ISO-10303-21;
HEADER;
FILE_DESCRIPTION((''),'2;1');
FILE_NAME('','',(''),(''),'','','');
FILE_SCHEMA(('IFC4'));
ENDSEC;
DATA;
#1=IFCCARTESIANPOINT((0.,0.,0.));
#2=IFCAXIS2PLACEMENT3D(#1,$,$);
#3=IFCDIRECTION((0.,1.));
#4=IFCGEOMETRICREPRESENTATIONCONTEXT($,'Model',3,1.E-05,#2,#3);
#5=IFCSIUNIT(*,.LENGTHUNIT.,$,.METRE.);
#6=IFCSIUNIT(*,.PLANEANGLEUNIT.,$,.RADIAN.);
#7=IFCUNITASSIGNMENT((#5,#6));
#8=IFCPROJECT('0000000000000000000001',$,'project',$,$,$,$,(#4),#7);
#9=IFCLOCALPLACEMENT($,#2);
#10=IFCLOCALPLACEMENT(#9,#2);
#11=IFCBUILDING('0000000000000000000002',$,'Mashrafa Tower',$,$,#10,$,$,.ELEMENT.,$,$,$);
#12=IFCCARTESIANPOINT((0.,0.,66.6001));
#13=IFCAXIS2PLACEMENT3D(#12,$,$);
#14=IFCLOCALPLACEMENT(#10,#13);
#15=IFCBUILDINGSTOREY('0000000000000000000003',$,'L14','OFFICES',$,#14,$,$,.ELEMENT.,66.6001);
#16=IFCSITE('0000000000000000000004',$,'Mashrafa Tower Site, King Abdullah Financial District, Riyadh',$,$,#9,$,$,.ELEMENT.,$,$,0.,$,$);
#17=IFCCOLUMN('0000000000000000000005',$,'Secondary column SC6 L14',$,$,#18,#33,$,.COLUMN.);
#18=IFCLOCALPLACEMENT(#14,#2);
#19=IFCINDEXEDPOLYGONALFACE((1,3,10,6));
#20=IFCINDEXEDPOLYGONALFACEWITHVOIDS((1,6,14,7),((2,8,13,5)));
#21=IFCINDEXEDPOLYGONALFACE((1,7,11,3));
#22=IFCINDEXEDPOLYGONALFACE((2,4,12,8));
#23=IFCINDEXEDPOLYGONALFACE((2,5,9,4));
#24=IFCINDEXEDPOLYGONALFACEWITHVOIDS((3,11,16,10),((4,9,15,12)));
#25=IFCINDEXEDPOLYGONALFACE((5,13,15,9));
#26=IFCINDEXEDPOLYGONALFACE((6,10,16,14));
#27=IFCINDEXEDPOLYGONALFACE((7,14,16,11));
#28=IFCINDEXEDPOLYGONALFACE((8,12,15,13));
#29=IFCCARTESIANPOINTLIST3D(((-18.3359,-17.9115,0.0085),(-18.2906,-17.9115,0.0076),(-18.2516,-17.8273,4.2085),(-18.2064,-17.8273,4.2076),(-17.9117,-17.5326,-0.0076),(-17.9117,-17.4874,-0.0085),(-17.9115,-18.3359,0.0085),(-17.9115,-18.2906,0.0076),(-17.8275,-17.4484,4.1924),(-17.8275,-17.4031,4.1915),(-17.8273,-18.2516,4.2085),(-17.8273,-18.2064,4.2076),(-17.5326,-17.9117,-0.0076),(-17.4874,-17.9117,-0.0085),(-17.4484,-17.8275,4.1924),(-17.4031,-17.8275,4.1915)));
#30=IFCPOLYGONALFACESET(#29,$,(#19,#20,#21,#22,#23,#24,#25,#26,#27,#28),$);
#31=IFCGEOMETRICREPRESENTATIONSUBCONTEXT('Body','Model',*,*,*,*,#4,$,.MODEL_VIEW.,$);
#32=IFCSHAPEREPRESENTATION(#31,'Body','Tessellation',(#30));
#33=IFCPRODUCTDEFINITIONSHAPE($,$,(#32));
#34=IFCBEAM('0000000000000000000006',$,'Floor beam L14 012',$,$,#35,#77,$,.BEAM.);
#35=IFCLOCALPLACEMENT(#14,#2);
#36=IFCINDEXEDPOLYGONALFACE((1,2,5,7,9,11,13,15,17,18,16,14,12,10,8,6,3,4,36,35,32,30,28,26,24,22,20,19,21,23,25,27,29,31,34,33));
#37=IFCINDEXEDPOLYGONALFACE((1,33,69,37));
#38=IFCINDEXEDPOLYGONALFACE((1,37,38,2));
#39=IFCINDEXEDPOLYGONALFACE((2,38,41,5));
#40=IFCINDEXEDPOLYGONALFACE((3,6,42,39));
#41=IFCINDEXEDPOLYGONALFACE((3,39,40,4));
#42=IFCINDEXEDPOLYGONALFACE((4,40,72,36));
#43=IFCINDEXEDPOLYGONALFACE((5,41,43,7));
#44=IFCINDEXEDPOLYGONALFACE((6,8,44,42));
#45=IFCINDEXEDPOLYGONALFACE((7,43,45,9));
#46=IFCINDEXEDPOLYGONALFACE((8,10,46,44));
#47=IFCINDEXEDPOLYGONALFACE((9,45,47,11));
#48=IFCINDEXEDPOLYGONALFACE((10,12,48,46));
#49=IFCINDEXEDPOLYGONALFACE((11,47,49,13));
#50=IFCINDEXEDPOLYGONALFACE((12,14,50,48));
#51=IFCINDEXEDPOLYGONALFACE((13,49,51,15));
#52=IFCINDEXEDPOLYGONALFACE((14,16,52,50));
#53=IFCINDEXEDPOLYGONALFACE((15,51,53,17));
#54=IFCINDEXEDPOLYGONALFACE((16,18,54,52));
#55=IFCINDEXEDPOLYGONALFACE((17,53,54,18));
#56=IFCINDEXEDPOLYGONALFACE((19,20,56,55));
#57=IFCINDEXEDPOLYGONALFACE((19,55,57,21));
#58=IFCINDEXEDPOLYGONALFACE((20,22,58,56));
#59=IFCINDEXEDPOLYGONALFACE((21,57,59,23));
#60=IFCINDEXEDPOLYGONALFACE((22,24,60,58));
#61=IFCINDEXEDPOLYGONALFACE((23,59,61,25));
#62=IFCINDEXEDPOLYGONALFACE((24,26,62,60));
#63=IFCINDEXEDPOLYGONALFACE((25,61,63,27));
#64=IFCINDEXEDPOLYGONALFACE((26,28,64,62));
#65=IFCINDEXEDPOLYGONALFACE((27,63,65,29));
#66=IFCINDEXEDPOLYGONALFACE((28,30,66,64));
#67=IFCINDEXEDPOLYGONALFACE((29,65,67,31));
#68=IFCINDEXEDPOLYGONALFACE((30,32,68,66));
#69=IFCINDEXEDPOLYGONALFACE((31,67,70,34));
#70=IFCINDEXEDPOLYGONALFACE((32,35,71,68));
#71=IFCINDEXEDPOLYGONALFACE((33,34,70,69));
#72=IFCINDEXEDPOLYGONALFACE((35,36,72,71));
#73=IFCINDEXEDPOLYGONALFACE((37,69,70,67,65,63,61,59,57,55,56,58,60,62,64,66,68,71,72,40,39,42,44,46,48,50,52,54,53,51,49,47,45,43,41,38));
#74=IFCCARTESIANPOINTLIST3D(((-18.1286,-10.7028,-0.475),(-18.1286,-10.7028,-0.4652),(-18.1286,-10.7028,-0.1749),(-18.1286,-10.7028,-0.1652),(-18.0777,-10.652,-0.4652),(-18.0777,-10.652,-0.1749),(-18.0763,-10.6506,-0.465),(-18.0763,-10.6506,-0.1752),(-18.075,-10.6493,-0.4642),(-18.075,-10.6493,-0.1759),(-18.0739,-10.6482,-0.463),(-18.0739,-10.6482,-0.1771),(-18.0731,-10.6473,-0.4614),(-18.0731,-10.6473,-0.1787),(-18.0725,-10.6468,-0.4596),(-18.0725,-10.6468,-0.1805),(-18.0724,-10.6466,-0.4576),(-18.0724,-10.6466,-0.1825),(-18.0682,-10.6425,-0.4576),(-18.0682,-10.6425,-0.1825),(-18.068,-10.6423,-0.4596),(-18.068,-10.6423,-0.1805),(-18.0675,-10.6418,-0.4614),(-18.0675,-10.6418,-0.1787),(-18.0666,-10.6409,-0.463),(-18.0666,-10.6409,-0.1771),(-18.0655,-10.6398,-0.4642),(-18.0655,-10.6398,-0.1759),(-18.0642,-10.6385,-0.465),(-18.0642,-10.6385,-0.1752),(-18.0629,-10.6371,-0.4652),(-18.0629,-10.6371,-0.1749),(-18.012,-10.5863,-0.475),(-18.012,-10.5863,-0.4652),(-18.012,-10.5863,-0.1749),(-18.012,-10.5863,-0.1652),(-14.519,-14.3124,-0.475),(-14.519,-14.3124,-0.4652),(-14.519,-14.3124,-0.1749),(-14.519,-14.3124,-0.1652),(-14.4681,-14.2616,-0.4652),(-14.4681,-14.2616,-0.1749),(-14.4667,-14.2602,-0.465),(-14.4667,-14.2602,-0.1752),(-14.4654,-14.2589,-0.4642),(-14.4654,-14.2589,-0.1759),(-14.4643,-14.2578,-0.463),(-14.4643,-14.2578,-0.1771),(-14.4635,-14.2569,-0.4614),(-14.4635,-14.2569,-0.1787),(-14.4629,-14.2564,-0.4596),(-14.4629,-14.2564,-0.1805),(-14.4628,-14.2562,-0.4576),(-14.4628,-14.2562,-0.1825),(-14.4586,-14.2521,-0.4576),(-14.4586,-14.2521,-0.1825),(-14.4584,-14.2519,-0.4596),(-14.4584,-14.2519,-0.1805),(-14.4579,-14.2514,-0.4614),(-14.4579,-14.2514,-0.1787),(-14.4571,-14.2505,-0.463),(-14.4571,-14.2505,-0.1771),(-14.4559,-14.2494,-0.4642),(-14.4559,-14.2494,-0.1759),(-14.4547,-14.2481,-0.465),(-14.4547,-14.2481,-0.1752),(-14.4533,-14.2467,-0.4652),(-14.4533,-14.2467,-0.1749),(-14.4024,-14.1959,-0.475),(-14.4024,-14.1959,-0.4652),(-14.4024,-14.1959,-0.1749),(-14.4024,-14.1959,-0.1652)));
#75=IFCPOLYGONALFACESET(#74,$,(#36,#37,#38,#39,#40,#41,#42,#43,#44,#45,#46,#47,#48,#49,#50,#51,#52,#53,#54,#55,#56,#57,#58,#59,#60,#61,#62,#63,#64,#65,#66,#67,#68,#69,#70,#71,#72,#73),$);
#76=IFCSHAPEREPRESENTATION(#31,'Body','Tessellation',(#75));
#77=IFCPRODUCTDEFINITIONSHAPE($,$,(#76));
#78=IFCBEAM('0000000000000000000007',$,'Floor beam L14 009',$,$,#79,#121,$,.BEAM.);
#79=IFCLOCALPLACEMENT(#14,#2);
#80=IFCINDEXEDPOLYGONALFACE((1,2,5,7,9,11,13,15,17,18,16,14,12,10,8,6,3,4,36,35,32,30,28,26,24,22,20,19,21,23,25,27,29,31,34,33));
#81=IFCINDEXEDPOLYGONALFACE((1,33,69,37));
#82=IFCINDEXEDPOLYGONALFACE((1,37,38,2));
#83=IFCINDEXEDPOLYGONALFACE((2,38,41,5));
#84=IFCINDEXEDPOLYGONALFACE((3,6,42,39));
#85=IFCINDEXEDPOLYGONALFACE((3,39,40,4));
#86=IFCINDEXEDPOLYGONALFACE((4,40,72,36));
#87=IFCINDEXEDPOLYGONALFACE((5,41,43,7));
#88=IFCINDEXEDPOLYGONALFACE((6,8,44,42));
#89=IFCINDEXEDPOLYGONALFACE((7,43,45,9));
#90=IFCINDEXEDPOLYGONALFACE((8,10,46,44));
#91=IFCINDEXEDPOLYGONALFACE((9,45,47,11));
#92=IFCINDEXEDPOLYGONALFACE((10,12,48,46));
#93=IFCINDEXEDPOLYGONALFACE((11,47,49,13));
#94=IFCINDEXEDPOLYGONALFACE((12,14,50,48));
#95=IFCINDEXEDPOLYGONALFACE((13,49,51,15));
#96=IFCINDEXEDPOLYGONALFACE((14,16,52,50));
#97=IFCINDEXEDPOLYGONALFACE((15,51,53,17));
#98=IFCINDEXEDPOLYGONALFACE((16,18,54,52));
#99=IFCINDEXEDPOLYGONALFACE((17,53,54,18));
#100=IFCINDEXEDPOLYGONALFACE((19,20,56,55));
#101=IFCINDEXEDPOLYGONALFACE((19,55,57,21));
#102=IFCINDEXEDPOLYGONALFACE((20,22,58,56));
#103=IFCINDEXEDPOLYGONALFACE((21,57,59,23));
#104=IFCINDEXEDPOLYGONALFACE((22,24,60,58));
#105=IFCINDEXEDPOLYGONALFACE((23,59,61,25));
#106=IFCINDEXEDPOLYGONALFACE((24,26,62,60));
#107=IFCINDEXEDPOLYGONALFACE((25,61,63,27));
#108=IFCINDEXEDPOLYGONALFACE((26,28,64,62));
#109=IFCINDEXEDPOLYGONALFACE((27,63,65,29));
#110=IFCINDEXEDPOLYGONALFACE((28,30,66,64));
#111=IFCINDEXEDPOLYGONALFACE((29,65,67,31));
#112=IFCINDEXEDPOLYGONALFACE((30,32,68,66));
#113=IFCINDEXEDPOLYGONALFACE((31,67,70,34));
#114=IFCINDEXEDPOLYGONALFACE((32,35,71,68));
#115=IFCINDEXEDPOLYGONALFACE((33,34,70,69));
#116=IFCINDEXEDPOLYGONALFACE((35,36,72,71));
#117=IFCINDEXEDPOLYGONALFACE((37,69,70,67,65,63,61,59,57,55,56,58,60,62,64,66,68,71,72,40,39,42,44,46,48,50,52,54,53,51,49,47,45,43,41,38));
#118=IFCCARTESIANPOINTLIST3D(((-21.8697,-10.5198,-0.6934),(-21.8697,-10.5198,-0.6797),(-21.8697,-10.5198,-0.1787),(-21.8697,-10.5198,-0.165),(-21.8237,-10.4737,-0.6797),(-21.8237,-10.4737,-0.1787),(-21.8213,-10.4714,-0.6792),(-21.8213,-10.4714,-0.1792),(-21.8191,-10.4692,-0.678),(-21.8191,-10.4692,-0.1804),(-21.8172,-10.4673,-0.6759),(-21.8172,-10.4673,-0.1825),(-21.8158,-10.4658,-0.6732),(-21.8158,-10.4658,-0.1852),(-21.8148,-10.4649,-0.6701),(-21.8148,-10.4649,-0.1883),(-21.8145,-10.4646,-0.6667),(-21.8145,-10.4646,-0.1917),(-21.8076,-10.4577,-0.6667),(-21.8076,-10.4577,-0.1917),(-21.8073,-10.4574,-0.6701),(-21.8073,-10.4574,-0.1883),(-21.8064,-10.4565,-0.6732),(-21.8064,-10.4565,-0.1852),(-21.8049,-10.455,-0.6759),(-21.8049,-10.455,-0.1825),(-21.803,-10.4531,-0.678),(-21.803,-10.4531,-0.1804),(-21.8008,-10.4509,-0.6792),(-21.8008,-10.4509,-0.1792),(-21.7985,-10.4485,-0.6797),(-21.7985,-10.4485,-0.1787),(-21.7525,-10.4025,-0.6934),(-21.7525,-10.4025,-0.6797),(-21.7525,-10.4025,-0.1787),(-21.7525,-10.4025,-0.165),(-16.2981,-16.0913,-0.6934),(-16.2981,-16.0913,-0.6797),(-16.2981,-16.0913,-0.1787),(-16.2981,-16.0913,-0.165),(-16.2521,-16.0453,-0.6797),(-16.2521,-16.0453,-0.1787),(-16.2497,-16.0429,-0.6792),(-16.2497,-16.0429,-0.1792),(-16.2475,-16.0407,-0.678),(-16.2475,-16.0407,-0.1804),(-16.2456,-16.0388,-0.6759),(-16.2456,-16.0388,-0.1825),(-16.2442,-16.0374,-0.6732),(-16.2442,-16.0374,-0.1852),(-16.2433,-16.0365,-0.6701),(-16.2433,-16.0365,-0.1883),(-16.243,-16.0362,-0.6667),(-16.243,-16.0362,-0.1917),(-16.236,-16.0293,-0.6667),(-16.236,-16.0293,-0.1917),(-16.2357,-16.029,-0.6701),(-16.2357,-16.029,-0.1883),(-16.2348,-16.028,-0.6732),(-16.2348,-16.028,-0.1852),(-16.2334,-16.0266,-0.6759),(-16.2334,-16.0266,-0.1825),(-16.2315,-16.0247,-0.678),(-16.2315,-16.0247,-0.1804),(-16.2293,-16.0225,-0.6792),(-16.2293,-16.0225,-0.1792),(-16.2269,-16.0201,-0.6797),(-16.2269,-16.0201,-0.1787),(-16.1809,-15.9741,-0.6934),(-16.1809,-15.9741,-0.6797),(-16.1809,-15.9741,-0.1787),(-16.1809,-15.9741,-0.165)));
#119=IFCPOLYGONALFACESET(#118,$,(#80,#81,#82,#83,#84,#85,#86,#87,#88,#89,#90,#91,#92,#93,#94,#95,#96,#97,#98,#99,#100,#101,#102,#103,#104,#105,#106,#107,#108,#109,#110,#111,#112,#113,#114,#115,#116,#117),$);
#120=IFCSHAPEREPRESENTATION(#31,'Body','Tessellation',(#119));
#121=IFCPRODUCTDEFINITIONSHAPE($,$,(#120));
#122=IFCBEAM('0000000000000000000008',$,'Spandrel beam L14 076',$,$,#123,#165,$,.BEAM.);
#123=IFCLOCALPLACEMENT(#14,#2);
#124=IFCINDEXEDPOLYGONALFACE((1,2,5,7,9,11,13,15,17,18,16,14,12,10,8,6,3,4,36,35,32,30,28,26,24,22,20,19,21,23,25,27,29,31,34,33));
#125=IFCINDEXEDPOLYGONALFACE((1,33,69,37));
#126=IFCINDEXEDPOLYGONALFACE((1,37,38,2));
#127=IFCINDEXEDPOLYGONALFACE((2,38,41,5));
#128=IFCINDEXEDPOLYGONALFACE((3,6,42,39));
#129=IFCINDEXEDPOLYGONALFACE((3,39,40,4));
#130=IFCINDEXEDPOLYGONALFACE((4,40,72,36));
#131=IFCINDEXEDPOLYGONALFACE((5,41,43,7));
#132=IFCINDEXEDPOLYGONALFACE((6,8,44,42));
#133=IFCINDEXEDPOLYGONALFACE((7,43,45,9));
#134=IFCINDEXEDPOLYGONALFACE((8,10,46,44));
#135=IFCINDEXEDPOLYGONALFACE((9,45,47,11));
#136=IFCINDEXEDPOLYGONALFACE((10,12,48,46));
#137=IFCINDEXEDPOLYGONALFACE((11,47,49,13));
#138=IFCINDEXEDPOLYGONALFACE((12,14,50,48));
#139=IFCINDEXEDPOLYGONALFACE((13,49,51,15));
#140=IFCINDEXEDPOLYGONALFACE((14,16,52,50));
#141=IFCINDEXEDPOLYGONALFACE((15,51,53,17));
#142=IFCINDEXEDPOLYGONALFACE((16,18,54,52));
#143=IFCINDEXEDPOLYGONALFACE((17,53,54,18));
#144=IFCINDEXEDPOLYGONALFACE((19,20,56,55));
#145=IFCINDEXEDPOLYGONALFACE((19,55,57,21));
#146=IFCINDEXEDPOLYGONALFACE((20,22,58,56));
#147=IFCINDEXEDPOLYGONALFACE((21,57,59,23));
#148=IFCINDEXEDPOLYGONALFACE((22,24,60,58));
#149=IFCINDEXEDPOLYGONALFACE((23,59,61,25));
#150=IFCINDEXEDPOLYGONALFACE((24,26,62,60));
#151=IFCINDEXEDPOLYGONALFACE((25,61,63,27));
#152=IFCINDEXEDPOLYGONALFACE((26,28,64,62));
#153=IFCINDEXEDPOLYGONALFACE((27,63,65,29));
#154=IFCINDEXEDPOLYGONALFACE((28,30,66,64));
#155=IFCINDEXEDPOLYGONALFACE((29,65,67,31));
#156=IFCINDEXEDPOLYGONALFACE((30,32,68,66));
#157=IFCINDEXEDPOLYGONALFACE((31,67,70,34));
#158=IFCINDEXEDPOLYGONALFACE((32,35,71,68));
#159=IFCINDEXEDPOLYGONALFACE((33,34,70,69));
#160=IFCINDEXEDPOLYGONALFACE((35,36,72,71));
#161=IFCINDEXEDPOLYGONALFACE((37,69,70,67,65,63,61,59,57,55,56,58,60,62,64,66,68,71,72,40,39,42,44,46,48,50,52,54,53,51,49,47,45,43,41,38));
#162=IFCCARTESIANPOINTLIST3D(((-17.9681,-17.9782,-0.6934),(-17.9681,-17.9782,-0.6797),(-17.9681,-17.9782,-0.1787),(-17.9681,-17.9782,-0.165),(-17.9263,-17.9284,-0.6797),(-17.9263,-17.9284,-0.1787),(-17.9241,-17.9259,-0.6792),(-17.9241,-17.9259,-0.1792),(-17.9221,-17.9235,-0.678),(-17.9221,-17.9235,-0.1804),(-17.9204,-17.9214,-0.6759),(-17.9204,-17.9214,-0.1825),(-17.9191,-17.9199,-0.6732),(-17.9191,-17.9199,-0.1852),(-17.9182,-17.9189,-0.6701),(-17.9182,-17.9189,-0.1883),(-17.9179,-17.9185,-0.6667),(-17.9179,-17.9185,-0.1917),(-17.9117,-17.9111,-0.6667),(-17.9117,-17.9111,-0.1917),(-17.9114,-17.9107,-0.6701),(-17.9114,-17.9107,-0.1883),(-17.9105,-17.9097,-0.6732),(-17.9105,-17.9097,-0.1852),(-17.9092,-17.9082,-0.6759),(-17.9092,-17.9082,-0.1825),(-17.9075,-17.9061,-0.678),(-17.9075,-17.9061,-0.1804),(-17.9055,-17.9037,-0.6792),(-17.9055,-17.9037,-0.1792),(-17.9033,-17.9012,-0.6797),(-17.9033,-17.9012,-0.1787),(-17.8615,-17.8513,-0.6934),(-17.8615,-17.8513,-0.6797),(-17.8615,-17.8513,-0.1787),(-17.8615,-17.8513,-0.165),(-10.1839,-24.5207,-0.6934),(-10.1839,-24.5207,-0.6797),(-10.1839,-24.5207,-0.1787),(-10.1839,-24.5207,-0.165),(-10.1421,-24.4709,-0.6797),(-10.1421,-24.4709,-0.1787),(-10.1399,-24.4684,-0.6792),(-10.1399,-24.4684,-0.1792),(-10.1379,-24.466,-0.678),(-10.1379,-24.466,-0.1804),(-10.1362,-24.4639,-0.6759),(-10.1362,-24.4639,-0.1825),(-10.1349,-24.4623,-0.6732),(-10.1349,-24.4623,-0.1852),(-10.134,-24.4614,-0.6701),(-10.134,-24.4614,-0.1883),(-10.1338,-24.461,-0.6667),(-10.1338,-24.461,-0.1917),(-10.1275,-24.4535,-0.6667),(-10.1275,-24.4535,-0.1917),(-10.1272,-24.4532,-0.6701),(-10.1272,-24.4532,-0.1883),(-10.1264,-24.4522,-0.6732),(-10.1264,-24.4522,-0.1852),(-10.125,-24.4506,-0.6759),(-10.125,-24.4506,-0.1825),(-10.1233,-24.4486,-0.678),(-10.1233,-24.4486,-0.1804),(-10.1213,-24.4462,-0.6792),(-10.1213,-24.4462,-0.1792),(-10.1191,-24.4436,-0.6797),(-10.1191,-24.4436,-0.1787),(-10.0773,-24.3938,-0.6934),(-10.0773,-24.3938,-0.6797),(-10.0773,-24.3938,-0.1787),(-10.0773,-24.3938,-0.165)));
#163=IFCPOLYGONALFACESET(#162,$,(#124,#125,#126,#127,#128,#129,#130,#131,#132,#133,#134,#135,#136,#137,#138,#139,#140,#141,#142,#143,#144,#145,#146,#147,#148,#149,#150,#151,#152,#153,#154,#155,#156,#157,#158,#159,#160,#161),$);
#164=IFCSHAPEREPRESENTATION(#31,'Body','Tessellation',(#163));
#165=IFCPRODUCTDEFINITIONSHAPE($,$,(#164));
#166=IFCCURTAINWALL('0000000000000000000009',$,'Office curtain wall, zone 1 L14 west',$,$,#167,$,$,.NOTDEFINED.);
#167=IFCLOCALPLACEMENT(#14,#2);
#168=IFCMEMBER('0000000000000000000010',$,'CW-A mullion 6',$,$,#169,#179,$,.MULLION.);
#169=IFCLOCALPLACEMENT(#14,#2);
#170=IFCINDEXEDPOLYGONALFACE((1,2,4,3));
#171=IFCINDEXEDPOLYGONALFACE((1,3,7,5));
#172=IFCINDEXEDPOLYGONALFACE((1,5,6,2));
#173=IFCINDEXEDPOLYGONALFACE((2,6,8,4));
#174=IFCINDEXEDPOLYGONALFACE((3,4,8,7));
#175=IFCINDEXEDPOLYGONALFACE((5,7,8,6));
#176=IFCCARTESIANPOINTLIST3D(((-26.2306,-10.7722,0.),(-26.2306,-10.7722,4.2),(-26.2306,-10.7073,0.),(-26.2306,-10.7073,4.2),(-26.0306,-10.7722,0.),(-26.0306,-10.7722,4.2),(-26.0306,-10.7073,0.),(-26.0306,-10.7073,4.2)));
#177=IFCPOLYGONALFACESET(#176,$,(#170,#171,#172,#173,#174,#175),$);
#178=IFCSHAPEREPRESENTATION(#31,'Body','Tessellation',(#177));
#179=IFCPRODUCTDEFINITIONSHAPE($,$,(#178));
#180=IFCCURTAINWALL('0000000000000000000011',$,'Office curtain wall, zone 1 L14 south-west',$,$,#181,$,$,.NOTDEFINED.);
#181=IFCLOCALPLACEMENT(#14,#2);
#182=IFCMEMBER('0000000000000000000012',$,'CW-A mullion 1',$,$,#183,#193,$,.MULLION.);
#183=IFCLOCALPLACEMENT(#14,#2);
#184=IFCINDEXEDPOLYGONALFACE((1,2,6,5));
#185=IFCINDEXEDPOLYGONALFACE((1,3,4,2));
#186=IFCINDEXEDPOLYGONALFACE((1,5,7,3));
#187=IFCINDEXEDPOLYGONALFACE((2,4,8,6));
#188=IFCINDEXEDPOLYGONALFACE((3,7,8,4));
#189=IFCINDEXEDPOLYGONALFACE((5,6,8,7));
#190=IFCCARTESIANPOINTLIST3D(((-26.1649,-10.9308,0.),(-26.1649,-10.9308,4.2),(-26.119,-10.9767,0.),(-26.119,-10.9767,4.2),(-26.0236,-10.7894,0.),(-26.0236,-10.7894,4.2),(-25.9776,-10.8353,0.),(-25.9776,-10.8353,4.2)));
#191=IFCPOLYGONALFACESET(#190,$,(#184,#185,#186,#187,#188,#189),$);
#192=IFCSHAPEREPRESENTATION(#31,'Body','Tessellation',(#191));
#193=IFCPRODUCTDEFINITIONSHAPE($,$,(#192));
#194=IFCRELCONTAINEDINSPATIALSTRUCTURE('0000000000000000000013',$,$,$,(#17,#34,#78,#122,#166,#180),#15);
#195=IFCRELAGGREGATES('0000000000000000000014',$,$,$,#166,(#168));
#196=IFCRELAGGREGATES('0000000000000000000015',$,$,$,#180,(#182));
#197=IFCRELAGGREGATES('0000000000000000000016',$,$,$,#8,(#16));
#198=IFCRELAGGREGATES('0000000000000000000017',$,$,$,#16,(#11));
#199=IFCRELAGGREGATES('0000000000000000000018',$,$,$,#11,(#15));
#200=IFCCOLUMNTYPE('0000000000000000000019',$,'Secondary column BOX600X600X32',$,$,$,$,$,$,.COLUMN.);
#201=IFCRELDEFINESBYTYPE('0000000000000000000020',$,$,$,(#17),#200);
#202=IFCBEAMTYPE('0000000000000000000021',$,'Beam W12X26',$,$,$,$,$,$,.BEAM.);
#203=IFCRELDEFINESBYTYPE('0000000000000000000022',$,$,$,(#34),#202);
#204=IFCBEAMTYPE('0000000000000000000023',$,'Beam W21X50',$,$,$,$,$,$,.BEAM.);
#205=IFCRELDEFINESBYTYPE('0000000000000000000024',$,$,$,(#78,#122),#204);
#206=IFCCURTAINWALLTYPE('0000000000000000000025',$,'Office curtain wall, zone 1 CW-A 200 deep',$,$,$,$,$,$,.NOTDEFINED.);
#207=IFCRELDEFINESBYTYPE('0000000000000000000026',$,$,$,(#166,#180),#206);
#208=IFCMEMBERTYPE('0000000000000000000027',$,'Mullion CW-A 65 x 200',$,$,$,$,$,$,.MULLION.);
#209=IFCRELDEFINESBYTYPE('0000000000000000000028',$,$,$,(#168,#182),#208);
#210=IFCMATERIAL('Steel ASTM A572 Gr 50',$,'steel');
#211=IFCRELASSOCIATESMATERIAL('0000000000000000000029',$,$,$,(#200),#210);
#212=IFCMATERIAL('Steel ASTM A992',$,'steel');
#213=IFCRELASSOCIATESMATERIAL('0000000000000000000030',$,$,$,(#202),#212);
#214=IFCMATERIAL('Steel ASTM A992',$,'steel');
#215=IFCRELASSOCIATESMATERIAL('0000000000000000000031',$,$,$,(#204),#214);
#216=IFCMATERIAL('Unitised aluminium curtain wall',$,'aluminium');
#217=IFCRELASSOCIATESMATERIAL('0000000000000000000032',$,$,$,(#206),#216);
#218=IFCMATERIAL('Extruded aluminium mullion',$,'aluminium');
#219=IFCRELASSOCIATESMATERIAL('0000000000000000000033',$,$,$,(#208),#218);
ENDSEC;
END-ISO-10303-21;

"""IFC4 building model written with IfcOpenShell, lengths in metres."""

from ifc_helpers import new_model, si_unit, direction, frame, origin, origin_2d, place, context, subcontext, project, spatial, rectangle, hollow_rectangle, i_section, extrude, source, transform, mapped, material, material_profile, profile_set, type_object, type_shapes, element, aggregate, save


model = new_model("IFC4")

# Units and contexts
model_context = context("Model", 3, precision=1e-05, world=origin(), true_north=direction((0.0, 1.0)))
body_context = subcontext(model_context, "Body", "Model", "MODEL_VIEW")
ifc_project = project(units=[si_unit("LENGTHUNIT", "METRE"), si_unit("PLANEANGLEUNIT", "RADIAN")], contexts=[model_context])

# Site, building, storey
site_placement = place(None, origin())
site = spatial("IfcSite", under=ifc_project, at=site_placement, Name="Mashrafa Tower Site, King Abdullah Financial District, Riyadh", CompositionType="ELEMENT", RefElevation=0.0)
building_placement = place(site_placement, origin())
building = spatial("IfcBuilding", under=site, at=building_placement, Name="Mashrafa Tower", CompositionType="ELEMENT")
storey_placement = place(building_placement, frame((0.0, 0.0, 66.6001)))
storey = spatial("IfcBuildingStorey", under=building, at=storey_placement, Name="L14", Description="OFFICES", CompositionType="ELEMENT", Elevation=66.6001)

# Column
ifc_material_1 = material(Name="Steel ASTM A572 Gr 50", Category="steel")
ifc_material_profile_1 = material_profile(ifc_material_1, hollow_rectangle(XDim=0.6001, YDim=0.6001, WallThickness=0.032, at=origin_2d()), Name="BOX600X600X32")
ifc_profile_set_1 = profile_set([ifc_material_profile_1], Name="Steel ASTM A572 Gr 50")
column_type = type_object("IfcColumnType", Name="Secondary column BOX600X600X32", PredefinedType="COLUMN", material=ifc_profile_set_1)
column_placement = place(storey_placement, frame((-17.9116, -17.9116, 0.0), z_axis=(0.020047, 0.020047, 0.999598), x_axis=(-0.707107, 0.707107, 0.0)))
element("IfcColumn", 1, at=column_placement, inside=storey, type_object=column_type, Name="Secondary column SC6 L14", PredefinedType="COLUMN", context=body_context, shape_type="SweptSolid", body=[
    extrude(hollow_rectangle(XDim=0.6001, YDim=0.6001, WallThickness=0.032, at=origin_2d()), origin(), (0.0, 0.0, 1.0), 4.2017),
])

# Beams
ifc_material_2 = material(Name="Steel ASTM A992", Category="steel")
ifc_material_profile_2 = material_profile(ifc_material_2, i_section(OverallWidth=0.1648, OverallDepth=0.3098, WebThickness=0.0059, FlangeThickness=0.0098, FilletRadius=0.0076, at=origin_2d()), Name="W12X26")
ifc_profile_set_2 = profile_set([ifc_material_profile_2], Name="Steel ASTM A992")
beam_type_1 = type_object("IfcBeamType", Name="Beam W12X26", PredefinedType="BEAM", material=ifc_profile_set_2)
beam_1_placement = place(storey_placement, frame((-14.4607, -14.2542, -0.3201), z_axis=(-0.707107, 0.707107, 0.0), x_axis=(-0.707107, -0.707107, 0.0)))
element("IfcBeam", 2, at=beam_1_placement, inside=storey, type_object=beam_type_1, Name="Floor beam L14 012", PredefinedType="BEAM", context=body_context, shape_type="SweptSolid", body=[
    extrude(i_section(OverallWidth=0.1648, OverallDepth=0.3098, WebThickness=0.0059, FlangeThickness=0.0098, FilletRadius=0.0076, at=origin_2d()), origin(), (0.0, 0.0, 1.0), 5.1047),
])
ifc_material_3 = material(Name="Steel ASTM A992", Category="steel")
ifc_material_profile_3 = material_profile(ifc_material_3, i_section(OverallWidth=0.1658, OverallDepth=0.5283, WebThickness=0.0098, FlangeThickness=0.0137, FilletRadius=0.0129, at=origin_2d()), Name="W21X50")
ifc_profile_set_3 = profile_set([ifc_material_profile_3], Name="Steel ASTM A992")
beam_type_2 = type_object("IfcBeamType", Name="Beam W21X50", PredefinedType="BEAM", material=ifc_profile_set_3)
beam_2_placement = place(storey_placement, frame((-16.2395, -16.0327, -0.4292), z_axis=(-0.707107, 0.707107, 0.0), x_axis=(-0.707107, -0.707107, 0.0)))
element("IfcBeam", 3, at=beam_2_placement, inside=storey, type_object=beam_type_2, Name="Floor beam L14 009", PredefinedType="BEAM", context=body_context, shape_type="SweptSolid", body=[
    extrude(i_section(OverallWidth=0.1658, OverallDepth=0.5283, WebThickness=0.0098, FlangeThickness=0.0137, FilletRadius=0.0129, at=origin_2d()), origin(), (0.0, 0.0, 1.0), 7.8794),
])
beam_3_placement = place(storey_placement, frame((-17.9148, -17.9148, -0.4292), z_axis=(0.765522, -0.643409, 0.0), x_axis=(0.643409, 0.765522, 0.0)))
element("IfcBeam", 4, at=beam_3_placement, inside=storey, type_object=beam_type_2, Name="Spandrel beam L14 076", PredefinedType="BEAM", context=body_context, shape_type="SweptSolid", body=[
    extrude(i_section(OverallWidth=0.1658, OverallDepth=0.5283, WebThickness=0.0098, FlangeThickness=0.0137, FilletRadius=0.0129, at=origin_2d()), origin(), (0.0, 0.0, 1.0), 10.1685),
])

# Curtain wall, member
ifc_material_4 = material(Name="Unitised aluminium curtain wall", Category="aluminium")
curtain_wall_type = type_object("IfcCurtainWallType", Name="Office curtain wall, zone 1 CW-A 200 deep", PredefinedType="NOTDEFINED", material=ifc_material_4)
curtain_wall_1_placement = place(storey_placement, origin())
curtain_wall_1 = element("IfcCurtainWall", 5, at=curtain_wall_1_placement, inside=storey, type_object=curtain_wall_type, Name="Office curtain wall, zone 1 L14 west", PredefinedType="NOTDEFINED")
ifc_material_5 = material(Name="Extruded aluminium mullion", Category="aluminium")
ifc_material_profile_4 = material_profile(ifc_material_5, rectangle(XDim=0.2, YDim=0.0649, at=origin_2d()), Name="Mullion 65x200")
ifc_profile_set_4 = profile_set([ifc_material_profile_4], Name="Extruded aluminium mullion")
member_type_1 = type_object("IfcMemberType", Name="Mullion CW-A 65 x 200", PredefinedType="MULLION", material=ifc_profile_set_4)
shared_shape_1 = source(origin(), body_context, "Body", "SweptSolid", [
    extrude(rectangle(XDim=0.2, YDim=0.0649, at=origin_2d()), origin(), (0.0, 0.0, 1.0), 4.2),
])
type_shapes(member_type_1, [shared_shape_1])
member_1_placement = place(storey_placement, frame((-26.1306, -10.7397, 0.0), z_axis=(0.0, 0.0, 1.0), x_axis=(1.0, 0.0, 0.0)))
member_1 = element("IfcMember", 6, at=member_1_placement, type_object=member_type_1, Name="CW-A mullion 6", PredefinedType="MULLION", context=body_context, shape_type="MappedRepresentation", body=[
    mapped(shared_shape_1, transform((0.0, 0.0, 0.0))),
])
aggregate(curtain_wall_1, [member_1])

# Curtain wall, member
curtain_wall_2_placement = place(storey_placement, origin())
curtain_wall_2 = element("IfcCurtainWall", 7, at=curtain_wall_2_placement, inside=storey, type_object=curtain_wall_type, Name="Office curtain wall, zone 1 L14 south-west", PredefinedType="NOTDEFINED")
member_2_placement = place(storey_placement, frame((-26.0713, -10.8831, 0.0), z_axis=(0.0, 0.0, 1.0), x_axis=(0.707107, 0.707107, 0.0)))
member_2 = element("IfcMember", 8, at=member_2_placement, type_object=member_type_1, Name="CW-A mullion 1", PredefinedType="MULLION", context=body_context, shape_type="MappedRepresentation", body=[
    mapped(shared_shape_1, transform((0.0, 0.0, 0.0))),
])
aggregate(curtain_wall_2, [member_2])

save(model, "model.ifc")
